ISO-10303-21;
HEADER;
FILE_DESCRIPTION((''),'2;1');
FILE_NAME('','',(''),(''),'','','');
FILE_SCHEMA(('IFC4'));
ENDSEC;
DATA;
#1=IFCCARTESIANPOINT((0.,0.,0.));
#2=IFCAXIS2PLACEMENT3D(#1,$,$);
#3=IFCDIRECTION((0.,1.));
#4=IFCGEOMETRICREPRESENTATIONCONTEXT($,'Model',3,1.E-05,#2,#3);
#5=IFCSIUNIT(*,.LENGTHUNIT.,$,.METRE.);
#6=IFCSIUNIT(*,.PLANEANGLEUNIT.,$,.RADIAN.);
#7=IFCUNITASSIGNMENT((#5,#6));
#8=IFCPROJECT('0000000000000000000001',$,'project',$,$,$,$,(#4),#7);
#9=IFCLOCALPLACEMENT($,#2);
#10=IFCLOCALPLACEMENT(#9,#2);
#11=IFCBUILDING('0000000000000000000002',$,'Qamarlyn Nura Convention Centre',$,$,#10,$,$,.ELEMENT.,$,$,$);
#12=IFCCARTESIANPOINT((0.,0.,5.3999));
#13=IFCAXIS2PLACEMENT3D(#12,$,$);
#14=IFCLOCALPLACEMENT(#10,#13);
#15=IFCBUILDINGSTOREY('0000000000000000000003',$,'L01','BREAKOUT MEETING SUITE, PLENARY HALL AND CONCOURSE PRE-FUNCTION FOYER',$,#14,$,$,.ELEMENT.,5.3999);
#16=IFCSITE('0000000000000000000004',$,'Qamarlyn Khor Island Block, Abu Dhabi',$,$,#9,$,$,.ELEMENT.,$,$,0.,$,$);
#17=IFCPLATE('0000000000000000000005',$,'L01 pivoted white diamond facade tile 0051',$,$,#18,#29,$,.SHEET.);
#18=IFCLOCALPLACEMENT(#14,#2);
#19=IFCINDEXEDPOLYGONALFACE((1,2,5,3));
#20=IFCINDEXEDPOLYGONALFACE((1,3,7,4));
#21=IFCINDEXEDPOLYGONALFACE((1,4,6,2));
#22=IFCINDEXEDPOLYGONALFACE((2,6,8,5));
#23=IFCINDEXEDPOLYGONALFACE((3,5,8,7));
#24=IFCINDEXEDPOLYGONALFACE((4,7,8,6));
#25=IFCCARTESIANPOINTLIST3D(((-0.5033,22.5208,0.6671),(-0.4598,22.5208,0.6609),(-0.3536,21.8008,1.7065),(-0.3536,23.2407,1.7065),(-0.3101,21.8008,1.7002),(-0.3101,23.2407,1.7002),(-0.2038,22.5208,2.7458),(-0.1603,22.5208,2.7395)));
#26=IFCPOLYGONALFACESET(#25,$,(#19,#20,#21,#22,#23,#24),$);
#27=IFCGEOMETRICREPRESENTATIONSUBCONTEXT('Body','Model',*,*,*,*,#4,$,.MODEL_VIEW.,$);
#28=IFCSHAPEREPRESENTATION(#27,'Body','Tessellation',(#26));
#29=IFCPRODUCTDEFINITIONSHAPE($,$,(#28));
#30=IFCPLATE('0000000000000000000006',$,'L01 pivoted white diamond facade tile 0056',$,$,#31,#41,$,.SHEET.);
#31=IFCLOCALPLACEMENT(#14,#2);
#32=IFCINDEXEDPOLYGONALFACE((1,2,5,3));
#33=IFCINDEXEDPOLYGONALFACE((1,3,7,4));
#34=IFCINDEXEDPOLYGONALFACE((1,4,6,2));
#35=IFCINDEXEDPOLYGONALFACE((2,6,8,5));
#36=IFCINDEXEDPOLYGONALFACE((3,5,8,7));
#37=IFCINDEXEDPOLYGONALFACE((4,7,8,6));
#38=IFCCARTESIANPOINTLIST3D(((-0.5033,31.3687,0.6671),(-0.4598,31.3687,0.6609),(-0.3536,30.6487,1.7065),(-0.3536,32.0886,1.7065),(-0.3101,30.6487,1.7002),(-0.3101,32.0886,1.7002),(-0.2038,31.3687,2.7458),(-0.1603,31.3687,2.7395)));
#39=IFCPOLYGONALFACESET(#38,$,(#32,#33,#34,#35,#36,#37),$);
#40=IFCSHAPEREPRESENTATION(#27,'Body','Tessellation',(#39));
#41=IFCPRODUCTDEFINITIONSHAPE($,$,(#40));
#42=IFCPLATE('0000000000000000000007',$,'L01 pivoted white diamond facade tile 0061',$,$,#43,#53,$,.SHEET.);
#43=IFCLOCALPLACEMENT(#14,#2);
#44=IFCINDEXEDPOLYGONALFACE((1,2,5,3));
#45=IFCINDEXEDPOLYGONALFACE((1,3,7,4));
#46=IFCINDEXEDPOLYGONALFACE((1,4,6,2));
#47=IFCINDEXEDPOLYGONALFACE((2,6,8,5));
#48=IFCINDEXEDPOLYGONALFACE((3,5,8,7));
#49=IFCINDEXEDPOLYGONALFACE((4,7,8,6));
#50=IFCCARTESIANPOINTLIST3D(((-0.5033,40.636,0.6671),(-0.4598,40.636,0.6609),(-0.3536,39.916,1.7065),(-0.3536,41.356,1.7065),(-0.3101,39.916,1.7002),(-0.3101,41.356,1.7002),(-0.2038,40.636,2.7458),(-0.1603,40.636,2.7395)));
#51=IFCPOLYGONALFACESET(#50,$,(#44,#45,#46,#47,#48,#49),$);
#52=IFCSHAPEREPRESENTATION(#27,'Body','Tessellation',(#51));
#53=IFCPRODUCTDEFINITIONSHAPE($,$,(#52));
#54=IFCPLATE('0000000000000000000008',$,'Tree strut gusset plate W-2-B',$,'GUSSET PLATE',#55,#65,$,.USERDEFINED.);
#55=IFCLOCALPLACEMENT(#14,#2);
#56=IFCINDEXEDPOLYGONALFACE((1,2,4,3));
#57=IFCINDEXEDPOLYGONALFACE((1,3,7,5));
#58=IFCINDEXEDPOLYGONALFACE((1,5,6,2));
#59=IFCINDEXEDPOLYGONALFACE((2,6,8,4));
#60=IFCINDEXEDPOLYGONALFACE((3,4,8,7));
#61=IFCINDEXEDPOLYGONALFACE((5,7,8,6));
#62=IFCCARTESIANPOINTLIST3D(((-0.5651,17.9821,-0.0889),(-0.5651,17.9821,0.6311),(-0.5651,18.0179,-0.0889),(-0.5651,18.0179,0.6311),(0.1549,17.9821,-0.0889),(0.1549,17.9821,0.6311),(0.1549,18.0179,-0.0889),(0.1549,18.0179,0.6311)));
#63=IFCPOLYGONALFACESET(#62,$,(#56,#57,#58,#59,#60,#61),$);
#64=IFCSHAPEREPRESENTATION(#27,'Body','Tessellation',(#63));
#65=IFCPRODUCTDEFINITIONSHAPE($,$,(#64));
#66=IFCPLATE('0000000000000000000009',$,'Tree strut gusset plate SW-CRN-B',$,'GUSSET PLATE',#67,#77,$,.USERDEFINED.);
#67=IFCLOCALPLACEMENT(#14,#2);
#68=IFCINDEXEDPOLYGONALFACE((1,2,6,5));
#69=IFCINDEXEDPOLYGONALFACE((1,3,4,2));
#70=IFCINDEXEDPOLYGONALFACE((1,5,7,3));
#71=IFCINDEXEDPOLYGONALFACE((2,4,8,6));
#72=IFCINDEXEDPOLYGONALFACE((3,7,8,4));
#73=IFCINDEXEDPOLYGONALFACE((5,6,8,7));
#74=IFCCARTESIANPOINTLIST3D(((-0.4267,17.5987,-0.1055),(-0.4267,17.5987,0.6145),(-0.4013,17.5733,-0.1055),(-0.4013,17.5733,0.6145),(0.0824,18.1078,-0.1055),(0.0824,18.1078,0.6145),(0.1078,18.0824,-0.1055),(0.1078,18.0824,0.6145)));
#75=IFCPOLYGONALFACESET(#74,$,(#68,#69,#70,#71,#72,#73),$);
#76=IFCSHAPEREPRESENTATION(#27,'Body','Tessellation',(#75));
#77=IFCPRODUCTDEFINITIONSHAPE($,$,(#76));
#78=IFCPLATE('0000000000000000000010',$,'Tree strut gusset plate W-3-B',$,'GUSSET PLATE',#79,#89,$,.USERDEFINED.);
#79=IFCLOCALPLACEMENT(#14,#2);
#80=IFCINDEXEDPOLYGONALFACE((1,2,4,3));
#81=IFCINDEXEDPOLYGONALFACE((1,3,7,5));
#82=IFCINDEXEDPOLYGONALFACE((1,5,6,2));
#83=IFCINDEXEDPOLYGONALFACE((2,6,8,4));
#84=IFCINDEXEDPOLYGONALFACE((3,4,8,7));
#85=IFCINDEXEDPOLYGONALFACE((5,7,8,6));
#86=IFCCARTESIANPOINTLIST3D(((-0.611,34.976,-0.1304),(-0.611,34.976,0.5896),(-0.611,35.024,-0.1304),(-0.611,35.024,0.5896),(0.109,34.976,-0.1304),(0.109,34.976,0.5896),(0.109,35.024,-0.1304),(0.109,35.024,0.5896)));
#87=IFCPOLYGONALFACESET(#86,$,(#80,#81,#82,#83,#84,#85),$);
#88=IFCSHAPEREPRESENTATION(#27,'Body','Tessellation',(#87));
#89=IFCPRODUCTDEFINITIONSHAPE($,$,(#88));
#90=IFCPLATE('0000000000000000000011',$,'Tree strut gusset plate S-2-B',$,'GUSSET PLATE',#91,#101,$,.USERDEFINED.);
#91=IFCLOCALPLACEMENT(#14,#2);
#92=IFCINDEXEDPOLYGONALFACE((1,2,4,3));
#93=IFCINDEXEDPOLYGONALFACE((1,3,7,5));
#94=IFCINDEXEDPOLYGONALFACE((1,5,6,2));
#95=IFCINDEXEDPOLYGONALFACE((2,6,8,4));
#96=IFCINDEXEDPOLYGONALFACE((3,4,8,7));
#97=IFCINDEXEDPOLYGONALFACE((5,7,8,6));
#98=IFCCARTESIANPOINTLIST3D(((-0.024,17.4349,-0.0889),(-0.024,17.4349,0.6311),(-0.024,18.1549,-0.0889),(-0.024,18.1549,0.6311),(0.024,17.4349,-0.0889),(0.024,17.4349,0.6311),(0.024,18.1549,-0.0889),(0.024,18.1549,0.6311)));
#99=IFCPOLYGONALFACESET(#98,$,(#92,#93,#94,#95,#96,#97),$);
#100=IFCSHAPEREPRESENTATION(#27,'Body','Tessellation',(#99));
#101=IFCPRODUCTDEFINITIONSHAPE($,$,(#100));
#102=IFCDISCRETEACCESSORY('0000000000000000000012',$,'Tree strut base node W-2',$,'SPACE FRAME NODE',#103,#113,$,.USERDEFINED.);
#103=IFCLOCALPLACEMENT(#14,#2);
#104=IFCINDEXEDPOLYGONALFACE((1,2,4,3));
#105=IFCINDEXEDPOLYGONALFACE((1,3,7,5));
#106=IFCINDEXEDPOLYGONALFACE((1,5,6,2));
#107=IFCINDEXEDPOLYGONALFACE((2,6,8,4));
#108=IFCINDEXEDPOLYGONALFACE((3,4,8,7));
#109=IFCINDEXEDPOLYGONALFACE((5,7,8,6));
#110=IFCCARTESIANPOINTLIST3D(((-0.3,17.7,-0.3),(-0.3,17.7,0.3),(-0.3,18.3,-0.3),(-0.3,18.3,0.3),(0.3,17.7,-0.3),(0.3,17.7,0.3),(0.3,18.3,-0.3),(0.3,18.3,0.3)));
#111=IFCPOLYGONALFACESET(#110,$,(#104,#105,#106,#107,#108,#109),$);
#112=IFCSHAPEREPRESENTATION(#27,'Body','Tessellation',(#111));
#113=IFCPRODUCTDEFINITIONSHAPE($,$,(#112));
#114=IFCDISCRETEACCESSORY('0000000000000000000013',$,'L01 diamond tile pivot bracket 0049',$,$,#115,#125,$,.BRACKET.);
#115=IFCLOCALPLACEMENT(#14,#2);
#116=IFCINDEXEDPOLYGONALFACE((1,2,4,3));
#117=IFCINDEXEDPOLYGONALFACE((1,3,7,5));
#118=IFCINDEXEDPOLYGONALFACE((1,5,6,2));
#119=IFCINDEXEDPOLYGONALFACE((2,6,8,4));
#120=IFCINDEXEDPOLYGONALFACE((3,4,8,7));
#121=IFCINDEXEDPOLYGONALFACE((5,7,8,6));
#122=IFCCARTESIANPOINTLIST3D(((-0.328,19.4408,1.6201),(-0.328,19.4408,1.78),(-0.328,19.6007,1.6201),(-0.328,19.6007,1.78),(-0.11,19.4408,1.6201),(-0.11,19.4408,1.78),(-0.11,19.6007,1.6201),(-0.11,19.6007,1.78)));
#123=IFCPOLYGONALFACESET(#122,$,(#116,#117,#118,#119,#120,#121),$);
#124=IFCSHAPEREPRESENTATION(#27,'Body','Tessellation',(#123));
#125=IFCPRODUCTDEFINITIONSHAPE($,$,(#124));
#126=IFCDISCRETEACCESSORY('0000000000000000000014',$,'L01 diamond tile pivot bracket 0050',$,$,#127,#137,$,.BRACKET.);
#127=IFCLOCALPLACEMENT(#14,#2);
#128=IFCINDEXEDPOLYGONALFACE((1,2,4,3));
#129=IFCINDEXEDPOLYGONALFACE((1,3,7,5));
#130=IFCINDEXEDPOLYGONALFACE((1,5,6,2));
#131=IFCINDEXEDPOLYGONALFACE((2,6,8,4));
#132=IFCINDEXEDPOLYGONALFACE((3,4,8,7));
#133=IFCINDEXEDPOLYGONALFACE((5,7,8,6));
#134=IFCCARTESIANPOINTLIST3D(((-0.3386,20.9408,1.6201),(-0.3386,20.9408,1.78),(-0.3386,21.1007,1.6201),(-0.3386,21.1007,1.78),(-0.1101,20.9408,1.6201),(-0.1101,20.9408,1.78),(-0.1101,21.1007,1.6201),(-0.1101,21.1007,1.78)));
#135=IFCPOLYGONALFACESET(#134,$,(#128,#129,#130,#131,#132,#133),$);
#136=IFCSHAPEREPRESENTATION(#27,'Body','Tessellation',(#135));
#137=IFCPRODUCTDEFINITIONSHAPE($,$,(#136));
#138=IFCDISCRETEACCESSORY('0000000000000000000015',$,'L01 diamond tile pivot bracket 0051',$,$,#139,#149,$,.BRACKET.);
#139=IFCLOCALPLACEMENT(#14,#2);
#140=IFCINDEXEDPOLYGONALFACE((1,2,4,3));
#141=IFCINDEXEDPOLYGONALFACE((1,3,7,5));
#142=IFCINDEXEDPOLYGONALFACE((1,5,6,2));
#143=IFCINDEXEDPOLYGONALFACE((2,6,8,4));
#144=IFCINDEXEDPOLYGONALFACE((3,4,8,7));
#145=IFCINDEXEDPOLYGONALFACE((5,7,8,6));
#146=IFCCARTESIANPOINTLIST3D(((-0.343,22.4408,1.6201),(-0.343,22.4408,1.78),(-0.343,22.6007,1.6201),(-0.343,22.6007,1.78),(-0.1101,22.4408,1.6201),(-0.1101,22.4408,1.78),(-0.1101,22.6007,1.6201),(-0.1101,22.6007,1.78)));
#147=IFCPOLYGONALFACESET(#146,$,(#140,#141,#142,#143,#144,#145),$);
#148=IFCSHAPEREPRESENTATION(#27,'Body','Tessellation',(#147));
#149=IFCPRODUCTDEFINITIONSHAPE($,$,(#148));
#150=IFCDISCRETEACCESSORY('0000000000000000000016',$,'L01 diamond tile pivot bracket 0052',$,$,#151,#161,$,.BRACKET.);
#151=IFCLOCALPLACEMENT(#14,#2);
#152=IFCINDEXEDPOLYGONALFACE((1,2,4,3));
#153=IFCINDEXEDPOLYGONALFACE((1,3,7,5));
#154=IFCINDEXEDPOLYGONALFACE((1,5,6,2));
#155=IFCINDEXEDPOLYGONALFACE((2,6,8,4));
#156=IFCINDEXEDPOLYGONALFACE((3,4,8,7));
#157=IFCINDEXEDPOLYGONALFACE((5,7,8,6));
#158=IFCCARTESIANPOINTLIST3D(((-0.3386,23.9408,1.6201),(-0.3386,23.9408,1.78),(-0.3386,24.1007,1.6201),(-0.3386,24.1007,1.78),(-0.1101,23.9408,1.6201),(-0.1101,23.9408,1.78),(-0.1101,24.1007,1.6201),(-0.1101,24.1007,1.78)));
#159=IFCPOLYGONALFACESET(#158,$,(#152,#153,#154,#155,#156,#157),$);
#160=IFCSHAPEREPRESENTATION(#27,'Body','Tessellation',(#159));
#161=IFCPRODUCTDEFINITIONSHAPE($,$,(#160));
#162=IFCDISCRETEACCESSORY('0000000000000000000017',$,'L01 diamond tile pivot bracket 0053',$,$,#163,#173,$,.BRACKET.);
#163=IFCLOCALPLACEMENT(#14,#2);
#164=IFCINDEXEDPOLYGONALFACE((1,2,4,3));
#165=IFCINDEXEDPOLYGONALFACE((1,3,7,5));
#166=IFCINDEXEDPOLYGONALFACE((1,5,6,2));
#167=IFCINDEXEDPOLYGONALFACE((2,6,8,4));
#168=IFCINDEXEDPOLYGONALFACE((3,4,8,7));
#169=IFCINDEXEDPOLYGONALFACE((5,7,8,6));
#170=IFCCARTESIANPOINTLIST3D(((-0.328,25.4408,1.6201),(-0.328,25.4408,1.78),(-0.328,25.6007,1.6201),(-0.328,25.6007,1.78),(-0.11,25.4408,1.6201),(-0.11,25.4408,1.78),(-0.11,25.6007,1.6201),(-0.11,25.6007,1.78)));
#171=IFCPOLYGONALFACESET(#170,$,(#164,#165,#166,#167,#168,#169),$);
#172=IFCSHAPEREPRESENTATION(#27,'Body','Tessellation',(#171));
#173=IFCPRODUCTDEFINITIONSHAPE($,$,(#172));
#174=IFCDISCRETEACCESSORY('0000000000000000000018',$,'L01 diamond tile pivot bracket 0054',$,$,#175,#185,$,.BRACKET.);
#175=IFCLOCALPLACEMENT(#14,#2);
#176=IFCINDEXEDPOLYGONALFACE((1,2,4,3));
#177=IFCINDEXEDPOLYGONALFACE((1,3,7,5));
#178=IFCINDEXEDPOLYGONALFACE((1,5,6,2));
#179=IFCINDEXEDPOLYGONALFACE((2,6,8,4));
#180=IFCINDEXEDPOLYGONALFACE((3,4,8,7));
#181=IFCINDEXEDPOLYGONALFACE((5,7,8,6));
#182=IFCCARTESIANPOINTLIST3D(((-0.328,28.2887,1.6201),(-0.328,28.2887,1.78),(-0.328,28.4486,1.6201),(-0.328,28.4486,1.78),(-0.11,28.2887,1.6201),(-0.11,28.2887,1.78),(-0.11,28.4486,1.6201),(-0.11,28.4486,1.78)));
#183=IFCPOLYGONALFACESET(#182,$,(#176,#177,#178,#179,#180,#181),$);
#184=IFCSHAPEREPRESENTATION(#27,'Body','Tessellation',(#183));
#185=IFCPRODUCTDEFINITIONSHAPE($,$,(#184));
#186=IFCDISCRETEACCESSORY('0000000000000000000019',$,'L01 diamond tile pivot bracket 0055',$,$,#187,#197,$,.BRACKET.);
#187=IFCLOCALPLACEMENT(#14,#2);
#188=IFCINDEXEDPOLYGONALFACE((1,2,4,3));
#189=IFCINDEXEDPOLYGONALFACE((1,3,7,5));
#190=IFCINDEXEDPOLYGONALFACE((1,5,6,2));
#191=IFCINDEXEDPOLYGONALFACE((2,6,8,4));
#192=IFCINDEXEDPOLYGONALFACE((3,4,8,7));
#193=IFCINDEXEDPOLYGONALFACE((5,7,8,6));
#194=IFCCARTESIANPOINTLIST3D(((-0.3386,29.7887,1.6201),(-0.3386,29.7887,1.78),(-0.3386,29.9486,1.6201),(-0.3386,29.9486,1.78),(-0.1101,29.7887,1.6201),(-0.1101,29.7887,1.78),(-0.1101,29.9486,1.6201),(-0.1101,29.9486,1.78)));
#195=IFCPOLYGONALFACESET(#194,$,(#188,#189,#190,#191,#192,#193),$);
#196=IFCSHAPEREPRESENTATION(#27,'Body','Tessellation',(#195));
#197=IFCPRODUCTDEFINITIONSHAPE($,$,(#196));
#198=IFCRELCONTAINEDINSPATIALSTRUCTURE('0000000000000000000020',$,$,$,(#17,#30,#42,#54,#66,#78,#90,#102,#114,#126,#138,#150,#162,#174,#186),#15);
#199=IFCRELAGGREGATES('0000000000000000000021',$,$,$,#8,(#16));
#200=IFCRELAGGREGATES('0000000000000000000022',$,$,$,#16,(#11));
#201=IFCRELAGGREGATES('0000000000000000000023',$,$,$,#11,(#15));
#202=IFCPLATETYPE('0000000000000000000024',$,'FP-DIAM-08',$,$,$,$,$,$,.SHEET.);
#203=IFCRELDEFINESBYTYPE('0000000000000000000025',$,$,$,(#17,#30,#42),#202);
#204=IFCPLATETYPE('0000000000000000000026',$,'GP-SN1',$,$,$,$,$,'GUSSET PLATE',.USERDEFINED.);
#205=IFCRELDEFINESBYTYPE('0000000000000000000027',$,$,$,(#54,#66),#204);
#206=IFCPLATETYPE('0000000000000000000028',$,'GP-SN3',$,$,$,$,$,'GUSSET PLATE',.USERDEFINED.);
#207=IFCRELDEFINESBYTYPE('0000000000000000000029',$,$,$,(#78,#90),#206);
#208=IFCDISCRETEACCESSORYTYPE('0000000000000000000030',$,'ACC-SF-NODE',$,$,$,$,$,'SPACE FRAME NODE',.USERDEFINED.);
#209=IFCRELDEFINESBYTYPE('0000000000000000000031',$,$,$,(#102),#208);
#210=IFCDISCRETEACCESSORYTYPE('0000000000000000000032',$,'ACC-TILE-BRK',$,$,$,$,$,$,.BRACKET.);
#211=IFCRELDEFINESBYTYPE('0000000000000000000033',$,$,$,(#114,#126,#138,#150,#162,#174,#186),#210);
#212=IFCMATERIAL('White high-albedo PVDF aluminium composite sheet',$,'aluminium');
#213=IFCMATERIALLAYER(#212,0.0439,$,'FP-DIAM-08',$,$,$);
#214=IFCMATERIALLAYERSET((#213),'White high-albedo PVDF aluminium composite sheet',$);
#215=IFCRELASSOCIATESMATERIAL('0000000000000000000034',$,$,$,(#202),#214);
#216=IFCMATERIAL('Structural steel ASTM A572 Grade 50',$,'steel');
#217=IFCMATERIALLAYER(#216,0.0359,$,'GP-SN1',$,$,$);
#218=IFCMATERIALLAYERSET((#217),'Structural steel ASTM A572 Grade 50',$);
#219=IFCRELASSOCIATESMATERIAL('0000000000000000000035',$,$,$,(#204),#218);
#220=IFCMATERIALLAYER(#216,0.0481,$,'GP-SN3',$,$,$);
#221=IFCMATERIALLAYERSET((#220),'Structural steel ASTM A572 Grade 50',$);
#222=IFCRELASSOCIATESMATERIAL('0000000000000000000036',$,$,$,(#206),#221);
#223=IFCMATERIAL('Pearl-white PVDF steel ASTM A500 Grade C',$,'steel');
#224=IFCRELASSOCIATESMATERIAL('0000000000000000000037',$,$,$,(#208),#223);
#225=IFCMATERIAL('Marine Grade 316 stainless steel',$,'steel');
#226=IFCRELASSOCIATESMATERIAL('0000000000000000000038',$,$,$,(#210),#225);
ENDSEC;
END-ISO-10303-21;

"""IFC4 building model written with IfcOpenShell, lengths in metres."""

from ifc_helpers import new_model, si_unit, direction, frame, origin, origin_2d, place, context, subcontext, project, spatial, polyline, rectangle, outline, extrude, material, layer, layer_set, type_object, element, save


model = new_model("IFC4")

# Units and contexts
model_context = context("Model", 3, precision=1e-05, world=origin(), true_north=direction((0.0, 1.0)))
body_context = subcontext(model_context, "Body", "Model", "MODEL_VIEW")
ifc_project = project(units=[si_unit("LENGTHUNIT", "METRE"), si_unit("PLANEANGLEUNIT", "RADIAN")], contexts=[model_context])

# Site, building, storey
site_placement = place(None, origin())
site = spatial("IfcSite", under=ifc_project, at=site_placement, Name="Qamarlyn Khor Island Block, Abu Dhabi", CompositionType="ELEMENT", RefElevation=0.0)
building_placement = place(site_placement, origin())
building = spatial("IfcBuilding", under=site, at=building_placement, Name="Qamarlyn Nura Convention Centre", CompositionType="ELEMENT")
storey_placement = place(building_placement, frame((0.0, 0.0, 5.3999)))
storey = spatial("IfcBuildingStorey", under=building, at=storey_placement, Name="L01", Description="BREAKOUT MEETING SUITE, PLENARY HALL AND CONCOURSE PRE-FUNCTION FOYER", CompositionType="ELEMENT", Elevation=5.3999)

# Shared definitions
ifc_material_1 = material(Name="Pearl-white PVDF steel ASTM A500 Grade C", Category="steel")

# Plates
ifc_material_2 = material(Name="White high-albedo PVDF aluminium composite sheet", Category="aluminium")
ifc_layer_1 = layer(ifc_material_2, 0.0439, Name="FP-DIAM-08")
ifc_layer_set_1 = layer_set([ifc_layer_1], Name="White high-albedo PVDF aluminium composite sheet")
plate_type_1 = type_object("IfcPlateType", Name="FP-DIAM-08", PredefinedType="SHEET", material=ifc_layer_set_1)
for number, where, z_axis, x_axis, name in (
    (1, (-0.3101, 22.5208, 1.7002), (-0.989776, 0.0, 0.142629), (0.0, -1.0, 0.0), "L01 pivoted white diamond facade tile 0051"),
    (2, (-0.3101, 31.3687, 1.7002), (-0.989776, 0.0, 0.142629), (0.0, -1.0, 0.0), "L01 pivoted white diamond facade tile 0056"),
    (3, (-0.3101, 40.636, 1.7002), (-0.989776, 0.0, 0.142629), (0.0, -1.0, 0.0), "L01 pivoted white diamond facade tile 0061"),
):
    element("IfcPlate", number, at=place(storey_placement, frame(where, z_axis=z_axis, x_axis=x_axis)), inside=storey, type_object=plate_type_1, Name=name, PredefinedType="SHEET", context=body_context, shape_type="SweptSolid", body=[
        extrude(outline(polyline([(-0.72, 0.0), (0.0, -1.05), (0.72, 0.0), (0.0, 1.05), (-0.72, 0.0)])), origin(), (0.0, 0.0, 1.0), 0.0439),
    ])
ifc_material_3 = material(Name="Structural steel ASTM A572 Grade 50", Category="steel")
ifc_layer_2 = layer(ifc_material_3, 0.0359, Name="GP-SN1")
ifc_layer_set_2 = layer_set([ifc_layer_2], Name="Structural steel ASTM A572 Grade 50")
plate_type_2 = type_object("IfcPlateType", Name="GP-SN1", ElementType="GUSSET PLATE", PredefinedType="USERDEFINED", material=ifc_layer_set_2)
for number, where, z_axis, x_axis, name in (
    (4, (-0.2051, 18.0, -0.0889), (0.0, 0.0, 1.0), (1.0, 0.0, 0.0), "Tree strut gusset plate W-2-B"),
    (5, (-0.1594, 17.8406, -0.1055), (0.0, 0.0, 1.0), (0.707107, 0.707107, 0.0), "Tree strut gusset plate SW-CRN-B"),
):
    element("IfcPlate", number, at=place(storey_placement, frame(where, z_axis=z_axis, x_axis=x_axis)), inside=storey, type_object=plate_type_2, Name=name, ObjectType="GUSSET PLATE", PredefinedType="USERDEFINED", context=body_context, shape_type="SweptSolid", body=[
        extrude(rectangle(XDim=0.72, YDim=0.0359, at=origin_2d()), origin(), (0.0, 0.0, 1.0), 0.72),
    ])
ifc_layer_3 = layer(ifc_material_3, 0.0481, Name="GP-SN3")
ifc_layer_set_3 = layer_set([ifc_layer_3], Name="Structural steel ASTM A572 Grade 50")
plate_type_3 = type_object("IfcPlateType", Name="GP-SN3", ElementType="GUSSET PLATE", PredefinedType="USERDEFINED", material=ifc_layer_set_3)
for number, where, z_axis, x_axis, name in (
    (6, (-0.251, 35.0, -0.1304), (0.0, 0.0, 1.0), (1.0, 0.0, 0.0), "Tree strut gusset plate W-3-B"),
    (7, (0.0, 17.7949, -0.0889), (0.0, 0.0, 1.0), (0.0, 1.0, 0.0), "Tree strut gusset plate S-2-B"),
):
    element("IfcPlate", number, at=place(storey_placement, frame(where, z_axis=z_axis, x_axis=x_axis)), inside=storey, type_object=plate_type_3, Name=name, ObjectType="GUSSET PLATE", PredefinedType="USERDEFINED", context=body_context, shape_type="SweptSolid", body=[
        extrude(rectangle(XDim=0.72, YDim=0.0481, at=origin_2d()), origin(), (0.0, 0.0, 1.0), 0.72),
    ])

# Discrete accessories
discrete_accessory_type_1 = type_object("IfcDiscreteAccessoryType", Name="ACC-SF-NODE", ElementType="SPACE FRAME NODE", PredefinedType="USERDEFINED", material=ifc_material_1)
discrete_accessory_1_placement = place(storey_placement, frame((0.0, 18.0, -0.3), z_axis=(0.0, 0.0, 1.0), x_axis=(1.0, 0.0, 0.0)))
element("IfcDiscreteAccessory", 8, at=discrete_accessory_1_placement, inside=storey, type_object=discrete_accessory_type_1, Name="Tree strut base node W-2", ObjectType="SPACE FRAME NODE", PredefinedType="USERDEFINED", context=body_context, shape_type="SweptSolid", body=[
    extrude(rectangle(XDim=0.6001, YDim=0.6001, at=origin_2d()), origin(), (0.0, 0.0, 1.0), 0.6001),
])
ifc_material_4 = material(Name="Marine Grade 316 stainless steel", Category="steel")
discrete_accessory_type_2 = type_object("IfcDiscreteAccessoryType", Name="ACC-TILE-BRK", PredefinedType="BRACKET", material=ifc_material_4)
discrete_accessory_2_placement = place(storey_placement, frame((-0.219, 19.5208, 1.6201), z_axis=(0.0, 0.0, 1.0), x_axis=(-1.0, 0.0, 0.0)))
element("IfcDiscreteAccessory", 9, at=discrete_accessory_2_placement, inside=storey, type_object=discrete_accessory_type_2, Name="L01 diamond tile pivot bracket 0049", PredefinedType="BRACKET", context=body_context, shape_type="SweptSolid", body=[
    extrude(rectangle(XDim=0.218, YDim=0.1599, at=origin_2d()), origin(), (0.0, 0.0, 1.0), 0.1599),
])
discrete_accessory_3_placement = place(storey_placement, frame((-0.2244, 21.0208, 1.6201), z_axis=(0.0, 0.0, 1.0), x_axis=(-1.0, 0.0, 0.0)))
element("IfcDiscreteAccessory", 10, at=discrete_accessory_3_placement, inside=storey, type_object=discrete_accessory_type_2, Name="L01 diamond tile pivot bracket 0050", PredefinedType="BRACKET", context=body_context, shape_type="SweptSolid", body=[
    extrude(rectangle(XDim=0.2285, YDim=0.1599, at=origin_2d()), origin(), (0.0, 0.0, 1.0), 0.1599),
])
discrete_accessory_4_placement = place(storey_placement, frame((-0.2266, 22.5208, 1.6201), z_axis=(0.0, 0.0, 1.0), x_axis=(-1.0, 0.0, 0.0)))
element("IfcDiscreteAccessory", 11, at=discrete_accessory_4_placement, inside=storey, type_object=discrete_accessory_type_2, Name="L01 diamond tile pivot bracket 0051", PredefinedType="BRACKET", context=body_context, shape_type="SweptSolid", body=[
    extrude(rectangle(XDim=0.2329, YDim=0.1599, at=origin_2d()), origin(), (0.0, 0.0, 1.0), 0.1599),
])
discrete_accessory_5_placement = place(storey_placement, frame((-0.2244, 24.0208, 1.6201), z_axis=(0.0, 0.0, 1.0), x_axis=(-1.0, 0.0, 0.0)))
element("IfcDiscreteAccessory", 12, at=discrete_accessory_5_placement, inside=storey, type_object=discrete_accessory_type_2, Name="L01 diamond tile pivot bracket 0052", PredefinedType="BRACKET", context=body_context, shape_type="SweptSolid", body=[
    extrude(rectangle(XDim=0.2285, YDim=0.1599, at=origin_2d()), origin(), (0.0, 0.0, 1.0), 0.1599),
])
for number, where, z_axis, x_axis, name in (
    (13, (-0.219, 25.5208, 1.6201), (0.0, 0.0, 1.0), (-1.0, 0.0, 0.0), "L01 diamond tile pivot bracket 0053"),
    (14, (-0.219, 28.3687, 1.6201), (0.0, 0.0, 1.0), (-1.0, 0.0, 0.0), "L01 diamond tile pivot bracket 0054"),
):
    element("IfcDiscreteAccessory", number, at=place(storey_placement, frame(where, z_axis=z_axis, x_axis=x_axis)), inside=storey, type_object=discrete_accessory_type_2, Name=name, PredefinedType="BRACKET", context=body_context, shape_type="SweptSolid", body=[
        extrude(rectangle(XDim=0.218, YDim=0.1599, at=origin_2d()), origin(), (0.0, 0.0, 1.0), 0.1599),
    ])
discrete_accessory_6_placement = place(storey_placement, frame((-0.2244, 29.8687, 1.6201), z_axis=(0.0, 0.0, 1.0), x_axis=(-1.0, 0.0, 0.0)))
element("IfcDiscreteAccessory", 15, at=discrete_accessory_6_placement, inside=storey, type_object=discrete_accessory_type_2, Name="L01 diamond tile pivot bracket 0055", PredefinedType="BRACKET", context=body_context, shape_type="SweptSolid", body=[
    extrude(rectangle(XDim=0.2285, YDim=0.1599, at=origin_2d()), origin(), (0.0, 0.0, 1.0), 0.1599),
])

save(model, "model.ifc")
